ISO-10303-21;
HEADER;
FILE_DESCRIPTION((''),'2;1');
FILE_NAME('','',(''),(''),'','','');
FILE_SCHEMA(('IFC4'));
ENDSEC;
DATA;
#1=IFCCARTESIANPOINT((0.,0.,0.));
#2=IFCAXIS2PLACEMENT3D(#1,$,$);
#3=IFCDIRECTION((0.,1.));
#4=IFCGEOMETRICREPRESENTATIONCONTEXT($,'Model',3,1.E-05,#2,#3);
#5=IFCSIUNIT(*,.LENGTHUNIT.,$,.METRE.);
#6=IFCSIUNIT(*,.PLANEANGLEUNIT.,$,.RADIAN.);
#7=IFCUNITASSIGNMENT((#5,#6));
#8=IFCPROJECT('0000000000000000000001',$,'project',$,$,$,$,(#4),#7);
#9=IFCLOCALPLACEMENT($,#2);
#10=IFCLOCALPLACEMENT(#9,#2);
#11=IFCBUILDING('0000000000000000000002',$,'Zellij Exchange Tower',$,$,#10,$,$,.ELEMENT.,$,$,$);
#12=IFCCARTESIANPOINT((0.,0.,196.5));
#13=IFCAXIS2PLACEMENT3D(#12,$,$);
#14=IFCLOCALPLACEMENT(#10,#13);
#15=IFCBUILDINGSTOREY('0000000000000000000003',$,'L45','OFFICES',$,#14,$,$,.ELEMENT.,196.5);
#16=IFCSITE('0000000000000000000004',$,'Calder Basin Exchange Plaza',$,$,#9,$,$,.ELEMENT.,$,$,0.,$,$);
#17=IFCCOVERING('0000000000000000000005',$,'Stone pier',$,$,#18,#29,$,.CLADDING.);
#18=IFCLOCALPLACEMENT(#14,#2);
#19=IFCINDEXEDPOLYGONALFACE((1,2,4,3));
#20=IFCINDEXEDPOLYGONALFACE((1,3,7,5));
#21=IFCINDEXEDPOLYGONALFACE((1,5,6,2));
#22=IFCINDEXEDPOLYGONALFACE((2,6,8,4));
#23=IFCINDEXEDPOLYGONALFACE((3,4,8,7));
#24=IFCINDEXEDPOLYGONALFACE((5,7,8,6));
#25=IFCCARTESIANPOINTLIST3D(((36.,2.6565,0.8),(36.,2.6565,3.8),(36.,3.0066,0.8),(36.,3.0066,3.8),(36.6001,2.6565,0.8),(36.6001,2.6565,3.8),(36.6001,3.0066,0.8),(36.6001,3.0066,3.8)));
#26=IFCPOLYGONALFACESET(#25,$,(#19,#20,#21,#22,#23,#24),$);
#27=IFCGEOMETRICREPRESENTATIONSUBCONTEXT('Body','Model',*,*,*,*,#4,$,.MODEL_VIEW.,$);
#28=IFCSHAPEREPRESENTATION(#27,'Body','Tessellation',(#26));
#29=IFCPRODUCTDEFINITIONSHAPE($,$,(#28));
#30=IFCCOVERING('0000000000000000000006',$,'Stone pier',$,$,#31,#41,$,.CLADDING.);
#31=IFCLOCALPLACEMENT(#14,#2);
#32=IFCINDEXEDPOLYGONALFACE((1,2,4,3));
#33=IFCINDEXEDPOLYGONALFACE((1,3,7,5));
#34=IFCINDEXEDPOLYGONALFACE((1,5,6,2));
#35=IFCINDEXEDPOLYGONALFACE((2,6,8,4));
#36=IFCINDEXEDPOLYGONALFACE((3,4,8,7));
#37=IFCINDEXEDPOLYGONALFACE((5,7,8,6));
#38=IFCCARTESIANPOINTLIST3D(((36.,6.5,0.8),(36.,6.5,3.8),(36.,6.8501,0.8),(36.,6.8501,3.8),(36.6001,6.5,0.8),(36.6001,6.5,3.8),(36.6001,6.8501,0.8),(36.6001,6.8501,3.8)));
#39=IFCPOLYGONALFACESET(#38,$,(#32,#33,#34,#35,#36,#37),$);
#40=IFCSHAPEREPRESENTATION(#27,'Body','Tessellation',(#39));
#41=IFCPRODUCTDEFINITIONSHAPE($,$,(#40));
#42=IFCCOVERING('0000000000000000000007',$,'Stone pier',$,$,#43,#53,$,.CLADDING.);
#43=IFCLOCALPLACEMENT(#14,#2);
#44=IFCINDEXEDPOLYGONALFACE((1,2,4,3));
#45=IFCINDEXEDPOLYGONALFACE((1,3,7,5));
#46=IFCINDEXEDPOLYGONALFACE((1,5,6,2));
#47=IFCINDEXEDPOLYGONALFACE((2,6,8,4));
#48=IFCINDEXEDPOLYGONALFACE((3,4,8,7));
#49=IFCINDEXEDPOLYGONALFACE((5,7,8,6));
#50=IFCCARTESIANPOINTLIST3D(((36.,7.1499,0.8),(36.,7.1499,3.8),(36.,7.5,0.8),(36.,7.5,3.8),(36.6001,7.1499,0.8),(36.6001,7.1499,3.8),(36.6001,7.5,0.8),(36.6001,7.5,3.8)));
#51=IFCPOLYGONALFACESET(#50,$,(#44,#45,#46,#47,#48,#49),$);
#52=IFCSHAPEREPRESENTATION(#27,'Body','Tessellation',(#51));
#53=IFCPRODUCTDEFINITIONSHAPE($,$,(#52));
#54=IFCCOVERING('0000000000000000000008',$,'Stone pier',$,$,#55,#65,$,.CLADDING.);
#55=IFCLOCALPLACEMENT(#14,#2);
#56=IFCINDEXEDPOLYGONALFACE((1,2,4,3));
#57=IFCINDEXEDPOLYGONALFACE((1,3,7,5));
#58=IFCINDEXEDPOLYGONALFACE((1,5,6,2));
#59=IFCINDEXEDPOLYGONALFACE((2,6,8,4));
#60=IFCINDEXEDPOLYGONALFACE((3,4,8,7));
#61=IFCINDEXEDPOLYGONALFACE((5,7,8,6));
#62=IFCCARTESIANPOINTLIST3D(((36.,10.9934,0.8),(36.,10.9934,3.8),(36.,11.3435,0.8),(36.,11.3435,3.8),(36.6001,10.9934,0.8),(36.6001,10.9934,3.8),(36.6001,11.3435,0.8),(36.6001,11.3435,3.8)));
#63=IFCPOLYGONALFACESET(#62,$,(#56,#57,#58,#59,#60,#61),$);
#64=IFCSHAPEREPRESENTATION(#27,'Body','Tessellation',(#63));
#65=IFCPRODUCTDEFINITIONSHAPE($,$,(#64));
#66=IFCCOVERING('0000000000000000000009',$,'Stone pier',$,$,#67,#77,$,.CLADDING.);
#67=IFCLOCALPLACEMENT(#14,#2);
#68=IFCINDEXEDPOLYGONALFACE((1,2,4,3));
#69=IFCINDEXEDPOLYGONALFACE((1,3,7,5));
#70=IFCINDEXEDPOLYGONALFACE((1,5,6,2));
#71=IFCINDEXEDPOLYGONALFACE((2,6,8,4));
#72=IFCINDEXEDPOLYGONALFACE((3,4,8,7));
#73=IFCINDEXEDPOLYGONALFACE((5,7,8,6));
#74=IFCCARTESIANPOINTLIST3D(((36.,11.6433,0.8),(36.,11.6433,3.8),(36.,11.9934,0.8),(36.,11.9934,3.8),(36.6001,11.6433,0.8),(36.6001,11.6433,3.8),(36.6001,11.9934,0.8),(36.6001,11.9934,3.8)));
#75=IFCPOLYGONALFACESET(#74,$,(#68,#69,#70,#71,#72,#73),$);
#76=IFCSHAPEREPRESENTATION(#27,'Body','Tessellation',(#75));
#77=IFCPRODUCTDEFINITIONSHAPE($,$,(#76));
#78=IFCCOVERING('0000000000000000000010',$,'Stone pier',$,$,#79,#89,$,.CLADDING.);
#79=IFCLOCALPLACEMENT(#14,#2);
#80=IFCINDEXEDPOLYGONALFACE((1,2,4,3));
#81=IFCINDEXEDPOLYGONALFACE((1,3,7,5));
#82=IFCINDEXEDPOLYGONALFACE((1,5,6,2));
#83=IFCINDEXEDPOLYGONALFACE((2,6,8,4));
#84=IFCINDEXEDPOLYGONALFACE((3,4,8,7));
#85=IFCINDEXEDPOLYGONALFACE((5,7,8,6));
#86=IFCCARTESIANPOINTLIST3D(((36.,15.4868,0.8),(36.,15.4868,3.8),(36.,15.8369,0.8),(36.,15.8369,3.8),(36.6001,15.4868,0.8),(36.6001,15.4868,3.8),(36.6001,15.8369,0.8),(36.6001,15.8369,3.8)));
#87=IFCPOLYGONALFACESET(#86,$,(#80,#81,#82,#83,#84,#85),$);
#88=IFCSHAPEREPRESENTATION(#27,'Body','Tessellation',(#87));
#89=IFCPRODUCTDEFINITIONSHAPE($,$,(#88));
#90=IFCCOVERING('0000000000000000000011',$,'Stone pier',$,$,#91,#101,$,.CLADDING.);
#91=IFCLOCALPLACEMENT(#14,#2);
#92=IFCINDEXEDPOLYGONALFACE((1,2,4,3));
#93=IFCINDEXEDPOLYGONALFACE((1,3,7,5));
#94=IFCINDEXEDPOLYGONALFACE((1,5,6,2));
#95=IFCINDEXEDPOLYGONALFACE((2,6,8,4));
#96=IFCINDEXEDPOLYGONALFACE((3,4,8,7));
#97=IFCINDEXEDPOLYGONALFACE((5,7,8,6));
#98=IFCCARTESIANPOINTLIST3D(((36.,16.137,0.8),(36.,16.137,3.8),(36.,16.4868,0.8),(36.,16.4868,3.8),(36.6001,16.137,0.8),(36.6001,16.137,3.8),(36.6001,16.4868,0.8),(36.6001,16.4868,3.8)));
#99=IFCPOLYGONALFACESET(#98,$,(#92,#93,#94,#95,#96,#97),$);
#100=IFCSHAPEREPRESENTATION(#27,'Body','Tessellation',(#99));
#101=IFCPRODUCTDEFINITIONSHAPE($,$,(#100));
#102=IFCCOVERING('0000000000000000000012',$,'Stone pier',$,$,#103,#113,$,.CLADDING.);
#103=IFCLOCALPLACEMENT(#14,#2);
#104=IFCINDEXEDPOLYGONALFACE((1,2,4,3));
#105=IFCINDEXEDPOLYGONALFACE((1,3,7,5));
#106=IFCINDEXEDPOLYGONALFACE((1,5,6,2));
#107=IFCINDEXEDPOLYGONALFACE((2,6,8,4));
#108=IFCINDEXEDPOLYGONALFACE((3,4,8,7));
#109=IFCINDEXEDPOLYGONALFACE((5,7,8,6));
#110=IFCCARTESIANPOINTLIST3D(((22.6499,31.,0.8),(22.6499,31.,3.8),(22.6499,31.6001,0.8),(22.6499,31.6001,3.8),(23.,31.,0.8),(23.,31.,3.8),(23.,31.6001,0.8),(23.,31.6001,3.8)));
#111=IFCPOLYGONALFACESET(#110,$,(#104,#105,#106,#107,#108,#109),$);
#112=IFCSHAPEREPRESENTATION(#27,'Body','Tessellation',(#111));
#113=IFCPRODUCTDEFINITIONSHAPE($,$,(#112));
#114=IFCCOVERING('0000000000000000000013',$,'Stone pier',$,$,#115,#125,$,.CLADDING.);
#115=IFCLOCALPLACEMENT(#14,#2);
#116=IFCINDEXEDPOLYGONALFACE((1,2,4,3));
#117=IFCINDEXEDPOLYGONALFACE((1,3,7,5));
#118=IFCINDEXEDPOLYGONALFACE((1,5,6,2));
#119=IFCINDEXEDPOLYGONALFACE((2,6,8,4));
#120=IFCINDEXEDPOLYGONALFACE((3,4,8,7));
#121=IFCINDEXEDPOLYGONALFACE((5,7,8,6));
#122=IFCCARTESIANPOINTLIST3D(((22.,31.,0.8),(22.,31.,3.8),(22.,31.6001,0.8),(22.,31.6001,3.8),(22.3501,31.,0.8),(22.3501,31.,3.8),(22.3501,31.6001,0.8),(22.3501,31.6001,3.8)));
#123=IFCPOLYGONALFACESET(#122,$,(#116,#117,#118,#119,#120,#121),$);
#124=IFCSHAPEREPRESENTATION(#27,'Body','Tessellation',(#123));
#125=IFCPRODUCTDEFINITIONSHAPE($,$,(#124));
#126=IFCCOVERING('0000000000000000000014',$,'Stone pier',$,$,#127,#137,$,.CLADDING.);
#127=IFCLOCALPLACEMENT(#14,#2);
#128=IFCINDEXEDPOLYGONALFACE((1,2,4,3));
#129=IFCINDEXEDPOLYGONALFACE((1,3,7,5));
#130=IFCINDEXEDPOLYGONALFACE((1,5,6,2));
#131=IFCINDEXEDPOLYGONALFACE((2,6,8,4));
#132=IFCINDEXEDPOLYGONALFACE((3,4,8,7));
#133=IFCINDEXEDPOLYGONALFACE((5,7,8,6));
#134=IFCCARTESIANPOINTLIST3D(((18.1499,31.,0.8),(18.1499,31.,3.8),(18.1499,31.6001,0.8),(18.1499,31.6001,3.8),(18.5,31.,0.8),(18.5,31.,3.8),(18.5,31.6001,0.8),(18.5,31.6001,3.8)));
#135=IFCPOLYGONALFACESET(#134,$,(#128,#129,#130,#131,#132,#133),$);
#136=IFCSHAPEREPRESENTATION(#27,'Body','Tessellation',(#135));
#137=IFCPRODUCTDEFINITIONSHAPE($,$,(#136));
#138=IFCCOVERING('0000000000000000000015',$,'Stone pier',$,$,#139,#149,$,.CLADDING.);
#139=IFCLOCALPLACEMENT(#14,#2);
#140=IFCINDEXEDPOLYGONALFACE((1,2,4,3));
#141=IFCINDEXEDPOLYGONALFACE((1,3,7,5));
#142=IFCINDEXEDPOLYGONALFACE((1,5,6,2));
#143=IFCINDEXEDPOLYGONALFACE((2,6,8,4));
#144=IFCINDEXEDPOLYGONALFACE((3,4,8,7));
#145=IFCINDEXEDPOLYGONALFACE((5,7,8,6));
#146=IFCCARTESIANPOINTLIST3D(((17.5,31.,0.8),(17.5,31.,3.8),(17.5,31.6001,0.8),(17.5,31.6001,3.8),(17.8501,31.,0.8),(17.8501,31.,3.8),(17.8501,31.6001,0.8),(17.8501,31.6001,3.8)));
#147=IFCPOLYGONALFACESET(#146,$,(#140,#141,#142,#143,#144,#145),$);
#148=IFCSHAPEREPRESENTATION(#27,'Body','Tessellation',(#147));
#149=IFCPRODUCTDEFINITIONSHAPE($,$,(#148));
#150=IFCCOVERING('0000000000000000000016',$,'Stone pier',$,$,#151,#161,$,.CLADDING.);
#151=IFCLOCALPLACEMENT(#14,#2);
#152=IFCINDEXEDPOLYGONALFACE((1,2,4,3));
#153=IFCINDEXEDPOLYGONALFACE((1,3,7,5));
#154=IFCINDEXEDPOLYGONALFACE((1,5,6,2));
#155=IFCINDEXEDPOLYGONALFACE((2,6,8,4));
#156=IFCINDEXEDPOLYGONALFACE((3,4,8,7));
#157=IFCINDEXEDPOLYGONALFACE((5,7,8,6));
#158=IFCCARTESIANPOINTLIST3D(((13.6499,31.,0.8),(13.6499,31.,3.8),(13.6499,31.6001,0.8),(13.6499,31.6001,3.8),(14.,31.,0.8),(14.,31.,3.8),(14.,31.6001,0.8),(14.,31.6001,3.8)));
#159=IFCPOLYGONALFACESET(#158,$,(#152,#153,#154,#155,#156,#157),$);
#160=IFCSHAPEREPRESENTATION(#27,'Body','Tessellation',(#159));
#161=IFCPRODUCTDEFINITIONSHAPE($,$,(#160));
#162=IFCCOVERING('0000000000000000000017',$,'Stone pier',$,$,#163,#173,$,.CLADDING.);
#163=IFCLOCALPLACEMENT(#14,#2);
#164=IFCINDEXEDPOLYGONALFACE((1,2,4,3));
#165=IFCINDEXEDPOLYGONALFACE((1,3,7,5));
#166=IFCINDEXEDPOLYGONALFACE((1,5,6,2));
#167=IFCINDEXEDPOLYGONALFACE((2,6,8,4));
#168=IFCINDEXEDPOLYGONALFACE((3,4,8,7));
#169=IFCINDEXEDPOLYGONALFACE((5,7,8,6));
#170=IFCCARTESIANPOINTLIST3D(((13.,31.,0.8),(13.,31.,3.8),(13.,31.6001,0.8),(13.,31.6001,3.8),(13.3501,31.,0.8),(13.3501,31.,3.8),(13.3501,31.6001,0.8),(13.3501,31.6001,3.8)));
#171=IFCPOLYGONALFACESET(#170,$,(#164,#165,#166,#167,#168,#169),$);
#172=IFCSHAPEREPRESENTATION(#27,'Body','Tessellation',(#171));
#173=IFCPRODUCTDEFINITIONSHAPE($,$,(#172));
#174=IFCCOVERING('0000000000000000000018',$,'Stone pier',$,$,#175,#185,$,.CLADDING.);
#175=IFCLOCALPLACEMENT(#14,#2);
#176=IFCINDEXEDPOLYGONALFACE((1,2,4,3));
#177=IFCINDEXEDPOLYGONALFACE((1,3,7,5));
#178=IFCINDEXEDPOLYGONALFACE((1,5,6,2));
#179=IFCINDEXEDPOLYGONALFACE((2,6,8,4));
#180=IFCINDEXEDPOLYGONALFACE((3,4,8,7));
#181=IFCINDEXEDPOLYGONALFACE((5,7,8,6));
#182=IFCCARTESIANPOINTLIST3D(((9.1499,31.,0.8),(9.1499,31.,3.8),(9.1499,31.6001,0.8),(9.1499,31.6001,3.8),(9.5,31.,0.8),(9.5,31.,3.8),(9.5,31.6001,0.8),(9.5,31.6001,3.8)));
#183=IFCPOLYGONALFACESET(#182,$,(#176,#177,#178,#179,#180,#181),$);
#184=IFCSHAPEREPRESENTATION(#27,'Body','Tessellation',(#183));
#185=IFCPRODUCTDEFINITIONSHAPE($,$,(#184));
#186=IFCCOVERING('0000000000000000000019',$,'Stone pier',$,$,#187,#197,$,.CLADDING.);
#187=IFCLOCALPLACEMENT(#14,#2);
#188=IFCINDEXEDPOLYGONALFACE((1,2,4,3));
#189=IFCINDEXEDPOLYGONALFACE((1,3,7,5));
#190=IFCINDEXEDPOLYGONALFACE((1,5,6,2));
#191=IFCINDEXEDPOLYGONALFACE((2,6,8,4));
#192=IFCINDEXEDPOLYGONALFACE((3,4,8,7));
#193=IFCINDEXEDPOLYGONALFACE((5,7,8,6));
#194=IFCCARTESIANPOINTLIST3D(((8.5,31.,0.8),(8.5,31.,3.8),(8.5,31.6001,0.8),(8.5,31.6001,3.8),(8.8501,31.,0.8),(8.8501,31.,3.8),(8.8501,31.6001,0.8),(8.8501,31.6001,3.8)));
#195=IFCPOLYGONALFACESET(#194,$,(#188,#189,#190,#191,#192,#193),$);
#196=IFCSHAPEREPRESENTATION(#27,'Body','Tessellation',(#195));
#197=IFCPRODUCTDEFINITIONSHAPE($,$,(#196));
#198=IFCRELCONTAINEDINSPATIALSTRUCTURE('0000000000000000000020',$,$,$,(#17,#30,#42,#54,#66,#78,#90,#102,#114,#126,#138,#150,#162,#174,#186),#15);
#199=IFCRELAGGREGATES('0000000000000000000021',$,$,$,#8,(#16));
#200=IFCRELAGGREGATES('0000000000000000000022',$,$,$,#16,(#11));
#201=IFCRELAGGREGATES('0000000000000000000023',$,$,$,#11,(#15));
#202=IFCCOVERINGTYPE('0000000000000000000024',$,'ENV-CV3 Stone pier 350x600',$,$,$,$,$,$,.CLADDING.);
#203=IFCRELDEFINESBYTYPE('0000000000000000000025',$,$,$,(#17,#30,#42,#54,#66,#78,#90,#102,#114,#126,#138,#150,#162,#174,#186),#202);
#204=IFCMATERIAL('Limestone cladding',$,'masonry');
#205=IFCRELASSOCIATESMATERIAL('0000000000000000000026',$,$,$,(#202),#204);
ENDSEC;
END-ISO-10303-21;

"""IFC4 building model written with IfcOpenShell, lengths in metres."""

from ifc_helpers import new_model, si_unit, direction, frame, origin, place, context, subcontext, project, spatial, polyline, outline, extrude, material, type_object, element, save


model = new_model("IFC4")

# Units and contexts
model_context = context("Model", 3, precision=1e-05, world=origin(), true_north=direction((0.0, 1.0)))
body_context = subcontext(model_context, "Body", "Model", "MODEL_VIEW")
ifc_project = project(units=[si_unit("LENGTHUNIT", "METRE"), si_unit("PLANEANGLEUNIT", "RADIAN")], contexts=[model_context])

# Site, building, storey
site_placement = place(None, origin())
site = spatial("IfcSite", under=ifc_project, at=site_placement, Name="Calder Basin Exchange Plaza", CompositionType="ELEMENT", RefElevation=0.0)
building_placement = place(site_placement, origin())
building = spatial("IfcBuilding", under=site, at=building_placement, Name="Zellij Exchange Tower", CompositionType="ELEMENT")
storey_placement = place(building_placement, frame((0.0, 0.0, 196.5)))
storey = spatial("IfcBuildingStorey", under=building, at=storey_placement, Name="L45", Description="OFFICES", CompositionType="ELEMENT", Elevation=196.5)

# Coverings
ifc_material = material(Name="Limestone cladding", Category="masonry")
covering_type = type_object("IfcCoveringType", Name="ENV-CV3 Stone pier 350x600", PredefinedType="CLADDING", material=ifc_material)
covering_1_placement = place(storey_placement, frame((0.0, 0.0, 0.8)))
element("IfcCovering", 1, at=covering_1_placement, inside=storey, type_object=covering_type, Name="Stone pier", PredefinedType="CLADDING", context=body_context, shape_type="SweptSolid", body=[
    extrude(outline(polyline([(36.0, 2.6565), (36.0, 3.0066), (36.6001, 3.0066), (36.6001, 2.6565), (36.0, 2.6565)])), origin(), (0.0, 0.0, 1.0), 3.0),
])
covering_2_placement = place(storey_placement, frame((0.0, 0.0, 0.8)))
element("IfcCovering", 2, at=covering_2_placement, inside=storey, type_object=covering_type, Name="Stone pier", PredefinedType="CLADDING", context=body_context, shape_type="SweptSolid", body=[
    extrude(outline(polyline([(36.0, 6.5), (36.0, 6.8501), (36.6001, 6.8501), (36.6001, 6.5), (36.0, 6.5)])), origin(), (0.0, 0.0, 1.0), 3.0),
])
covering_3_placement = place(storey_placement, frame((0.0, 0.0, 0.8)))
element("IfcCovering", 3, at=covering_3_placement, inside=storey, type_object=covering_type, Name="Stone pier", PredefinedType="CLADDING", context=body_context, shape_type="SweptSolid", body=[
    extrude(outline(polyline([(36.0, 7.1499), (36.0, 7.5), (36.6001, 7.5), (36.6001, 7.1499), (36.0, 7.1499)])), origin(), (0.0, 0.0, 1.0), 3.0),
])
covering_4_placement = place(storey_placement, frame((0.0, 0.0, 0.8)))
element("IfcCovering", 4, at=covering_4_placement, inside=storey, type_object=covering_type, Name="Stone pier", PredefinedType="CLADDING", context=body_context, shape_type="SweptSolid", body=[
    extrude(outline(polyline([(36.0, 10.9934), (36.0, 11.3435), (36.6001, 11.3435), (36.6001, 10.9934), (36.0, 10.9934)])), origin(), (0.0, 0.0, 1.0), 3.0),
])
covering_5_placement = place(storey_placement, frame((0.0, 0.0, 0.8)))
element("IfcCovering", 5, at=covering_5_placement, inside=storey, type_object=covering_type, Name="Stone pier", PredefinedType="CLADDING", context=body_context, shape_type="SweptSolid", body=[
    extrude(outline(polyline([(36.0, 11.6433), (36.0, 11.9934), (36.6001, 11.9934), (36.6001, 11.6433), (36.0, 11.6433)])), origin(), (0.0, 0.0, 1.0), 3.0),
])
covering_6_placement = place(storey_placement, frame((0.0, 0.0, 0.8)))
element("IfcCovering", 6, at=covering_6_placement, inside=storey, type_object=covering_type, Name="Stone pier", PredefinedType="CLADDING", context=body_context, shape_type="SweptSolid", body=[
    extrude(outline(polyline([(36.0, 15.4868), (36.0, 15.8369), (36.6001, 15.8369), (36.6001, 15.4868), (36.0, 15.4868)])), origin(), (0.0, 0.0, 1.0), 3.0),
])
covering_7_placement = place(storey_placement, frame((0.0, 0.0, 0.8)))
element("IfcCovering", 7, at=covering_7_placement, inside=storey, type_object=covering_type, Name="Stone pier", PredefinedType="CLADDING", context=body_context, shape_type="SweptSolid", body=[
    extrude(outline(polyline([(36.0, 16.137), (36.0, 16.4868), (36.6001, 16.4868), (36.6001, 16.137), (36.0, 16.137)])), origin(), (0.0, 0.0, 1.0), 3.0),
])
covering_8_placement = place(storey_placement, frame((0.0, 0.0, 0.8)))
element("IfcCovering", 8, at=covering_8_placement, inside=storey, type_object=covering_type, Name="Stone pier", PredefinedType="CLADDING", context=body_context, shape_type="SweptSolid", body=[
    extrude(outline(polyline([(23.0, 31.0), (22.6499, 31.0), (22.6499, 31.6001), (23.0, 31.6001), (23.0, 31.0)])), origin(), (0.0, 0.0, 1.0), 3.0),
])
covering_9_placement = place(storey_placement, frame((0.0, 0.0, 0.8)))
element("IfcCovering", 9, at=covering_9_placement, inside=storey, type_object=covering_type, Name="Stone pier", PredefinedType="CLADDING", context=body_context, shape_type="SweptSolid", body=[
    extrude(outline(polyline([(22.3501, 31.0), (22.0, 31.0), (22.0, 31.6001), (22.3501, 31.6001), (22.3501, 31.0)])), origin(), (0.0, 0.0, 1.0), 3.0),
])
covering_10_placement = place(storey_placement, frame((0.0, 0.0, 0.8)))
element("IfcCovering", 10, at=covering_10_placement, inside=storey, type_object=covering_type, Name="Stone pier", PredefinedType="CLADDING", context=body_context, shape_type="SweptSolid", body=[
    extrude(outline(polyline([(18.5, 31.0), (18.1499, 31.0), (18.1499, 31.6001), (18.5, 31.6001), (18.5, 31.0)])), origin(), (0.0, 0.0, 1.0), 3.0),
])
covering_11_placement = place(storey_placement, frame((0.0, 0.0, 0.8)))
element("IfcCovering", 11, at=covering_11_placement, inside=storey, type_object=covering_type, Name="Stone pier", PredefinedType="CLADDING", context=body_context, shape_type="SweptSolid", body=[
    extrude(outline(polyline([(17.8501, 31.0), (17.5, 31.0), (17.5, 31.6001), (17.8501, 31.6001), (17.8501, 31.0)])), origin(), (0.0, 0.0, 1.0), 3.0),
])
covering_12_placement = place(storey_placement, frame((0.0, 0.0, 0.8)))
element("IfcCovering", 12, at=covering_12_placement, inside=storey, type_object=covering_type, Name="Stone pier", PredefinedType="CLADDING", context=body_context, shape_type="SweptSolid", body=[
    extrude(outline(polyline([(14.0, 31.0), (13.6499, 31.0), (13.6499, 31.6001), (14.0, 31.6001), (14.0, 31.0)])), origin(), (0.0, 0.0, 1.0), 3.0),
])
covering_13_placement = place(storey_placement, frame((0.0, 0.0, 0.8)))
element("IfcCovering", 13, at=covering_13_placement, inside=storey, type_object=covering_type, Name="Stone pier", PredefinedType="CLADDING", context=body_context, shape_type="SweptSolid", body=[
    extrude(outline(polyline([(13.3501, 31.0), (13.0, 31.0), (13.0, 31.6001), (13.3501, 31.6001), (13.3501, 31.0)])), origin(), (0.0, 0.0, 1.0), 3.0),
])
covering_14_placement = place(storey_placement, frame((0.0, 0.0, 0.8)))
element("IfcCovering", 14, at=covering_14_placement, inside=storey, type_object=covering_type, Name="Stone pier", PredefinedType="CLADDING", context=body_context, shape_type="SweptSolid", body=[
    extrude(outline(polyline([(9.5, 31.0), (9.1499, 31.0), (9.1499, 31.6001), (9.5, 31.6001), (9.5, 31.0)])), origin(), (0.0, 0.0, 1.0), 3.0),
])
covering_15_placement = place(storey_placement, frame((0.0, 0.0, 0.8)))
element("IfcCovering", 15, at=covering_15_placement, inside=storey, type_object=covering_type, Name="Stone pier", PredefinedType="CLADDING", context=body_context, shape_type="SweptSolid", body=[
    extrude(outline(polyline([(8.8501, 31.0), (8.5, 31.0), (8.5, 31.6001), (8.8501, 31.6001), (8.8501, 31.0)])), origin(), (0.0, 0.0, 1.0), 3.0),
])

save(model, "model.ifc")
